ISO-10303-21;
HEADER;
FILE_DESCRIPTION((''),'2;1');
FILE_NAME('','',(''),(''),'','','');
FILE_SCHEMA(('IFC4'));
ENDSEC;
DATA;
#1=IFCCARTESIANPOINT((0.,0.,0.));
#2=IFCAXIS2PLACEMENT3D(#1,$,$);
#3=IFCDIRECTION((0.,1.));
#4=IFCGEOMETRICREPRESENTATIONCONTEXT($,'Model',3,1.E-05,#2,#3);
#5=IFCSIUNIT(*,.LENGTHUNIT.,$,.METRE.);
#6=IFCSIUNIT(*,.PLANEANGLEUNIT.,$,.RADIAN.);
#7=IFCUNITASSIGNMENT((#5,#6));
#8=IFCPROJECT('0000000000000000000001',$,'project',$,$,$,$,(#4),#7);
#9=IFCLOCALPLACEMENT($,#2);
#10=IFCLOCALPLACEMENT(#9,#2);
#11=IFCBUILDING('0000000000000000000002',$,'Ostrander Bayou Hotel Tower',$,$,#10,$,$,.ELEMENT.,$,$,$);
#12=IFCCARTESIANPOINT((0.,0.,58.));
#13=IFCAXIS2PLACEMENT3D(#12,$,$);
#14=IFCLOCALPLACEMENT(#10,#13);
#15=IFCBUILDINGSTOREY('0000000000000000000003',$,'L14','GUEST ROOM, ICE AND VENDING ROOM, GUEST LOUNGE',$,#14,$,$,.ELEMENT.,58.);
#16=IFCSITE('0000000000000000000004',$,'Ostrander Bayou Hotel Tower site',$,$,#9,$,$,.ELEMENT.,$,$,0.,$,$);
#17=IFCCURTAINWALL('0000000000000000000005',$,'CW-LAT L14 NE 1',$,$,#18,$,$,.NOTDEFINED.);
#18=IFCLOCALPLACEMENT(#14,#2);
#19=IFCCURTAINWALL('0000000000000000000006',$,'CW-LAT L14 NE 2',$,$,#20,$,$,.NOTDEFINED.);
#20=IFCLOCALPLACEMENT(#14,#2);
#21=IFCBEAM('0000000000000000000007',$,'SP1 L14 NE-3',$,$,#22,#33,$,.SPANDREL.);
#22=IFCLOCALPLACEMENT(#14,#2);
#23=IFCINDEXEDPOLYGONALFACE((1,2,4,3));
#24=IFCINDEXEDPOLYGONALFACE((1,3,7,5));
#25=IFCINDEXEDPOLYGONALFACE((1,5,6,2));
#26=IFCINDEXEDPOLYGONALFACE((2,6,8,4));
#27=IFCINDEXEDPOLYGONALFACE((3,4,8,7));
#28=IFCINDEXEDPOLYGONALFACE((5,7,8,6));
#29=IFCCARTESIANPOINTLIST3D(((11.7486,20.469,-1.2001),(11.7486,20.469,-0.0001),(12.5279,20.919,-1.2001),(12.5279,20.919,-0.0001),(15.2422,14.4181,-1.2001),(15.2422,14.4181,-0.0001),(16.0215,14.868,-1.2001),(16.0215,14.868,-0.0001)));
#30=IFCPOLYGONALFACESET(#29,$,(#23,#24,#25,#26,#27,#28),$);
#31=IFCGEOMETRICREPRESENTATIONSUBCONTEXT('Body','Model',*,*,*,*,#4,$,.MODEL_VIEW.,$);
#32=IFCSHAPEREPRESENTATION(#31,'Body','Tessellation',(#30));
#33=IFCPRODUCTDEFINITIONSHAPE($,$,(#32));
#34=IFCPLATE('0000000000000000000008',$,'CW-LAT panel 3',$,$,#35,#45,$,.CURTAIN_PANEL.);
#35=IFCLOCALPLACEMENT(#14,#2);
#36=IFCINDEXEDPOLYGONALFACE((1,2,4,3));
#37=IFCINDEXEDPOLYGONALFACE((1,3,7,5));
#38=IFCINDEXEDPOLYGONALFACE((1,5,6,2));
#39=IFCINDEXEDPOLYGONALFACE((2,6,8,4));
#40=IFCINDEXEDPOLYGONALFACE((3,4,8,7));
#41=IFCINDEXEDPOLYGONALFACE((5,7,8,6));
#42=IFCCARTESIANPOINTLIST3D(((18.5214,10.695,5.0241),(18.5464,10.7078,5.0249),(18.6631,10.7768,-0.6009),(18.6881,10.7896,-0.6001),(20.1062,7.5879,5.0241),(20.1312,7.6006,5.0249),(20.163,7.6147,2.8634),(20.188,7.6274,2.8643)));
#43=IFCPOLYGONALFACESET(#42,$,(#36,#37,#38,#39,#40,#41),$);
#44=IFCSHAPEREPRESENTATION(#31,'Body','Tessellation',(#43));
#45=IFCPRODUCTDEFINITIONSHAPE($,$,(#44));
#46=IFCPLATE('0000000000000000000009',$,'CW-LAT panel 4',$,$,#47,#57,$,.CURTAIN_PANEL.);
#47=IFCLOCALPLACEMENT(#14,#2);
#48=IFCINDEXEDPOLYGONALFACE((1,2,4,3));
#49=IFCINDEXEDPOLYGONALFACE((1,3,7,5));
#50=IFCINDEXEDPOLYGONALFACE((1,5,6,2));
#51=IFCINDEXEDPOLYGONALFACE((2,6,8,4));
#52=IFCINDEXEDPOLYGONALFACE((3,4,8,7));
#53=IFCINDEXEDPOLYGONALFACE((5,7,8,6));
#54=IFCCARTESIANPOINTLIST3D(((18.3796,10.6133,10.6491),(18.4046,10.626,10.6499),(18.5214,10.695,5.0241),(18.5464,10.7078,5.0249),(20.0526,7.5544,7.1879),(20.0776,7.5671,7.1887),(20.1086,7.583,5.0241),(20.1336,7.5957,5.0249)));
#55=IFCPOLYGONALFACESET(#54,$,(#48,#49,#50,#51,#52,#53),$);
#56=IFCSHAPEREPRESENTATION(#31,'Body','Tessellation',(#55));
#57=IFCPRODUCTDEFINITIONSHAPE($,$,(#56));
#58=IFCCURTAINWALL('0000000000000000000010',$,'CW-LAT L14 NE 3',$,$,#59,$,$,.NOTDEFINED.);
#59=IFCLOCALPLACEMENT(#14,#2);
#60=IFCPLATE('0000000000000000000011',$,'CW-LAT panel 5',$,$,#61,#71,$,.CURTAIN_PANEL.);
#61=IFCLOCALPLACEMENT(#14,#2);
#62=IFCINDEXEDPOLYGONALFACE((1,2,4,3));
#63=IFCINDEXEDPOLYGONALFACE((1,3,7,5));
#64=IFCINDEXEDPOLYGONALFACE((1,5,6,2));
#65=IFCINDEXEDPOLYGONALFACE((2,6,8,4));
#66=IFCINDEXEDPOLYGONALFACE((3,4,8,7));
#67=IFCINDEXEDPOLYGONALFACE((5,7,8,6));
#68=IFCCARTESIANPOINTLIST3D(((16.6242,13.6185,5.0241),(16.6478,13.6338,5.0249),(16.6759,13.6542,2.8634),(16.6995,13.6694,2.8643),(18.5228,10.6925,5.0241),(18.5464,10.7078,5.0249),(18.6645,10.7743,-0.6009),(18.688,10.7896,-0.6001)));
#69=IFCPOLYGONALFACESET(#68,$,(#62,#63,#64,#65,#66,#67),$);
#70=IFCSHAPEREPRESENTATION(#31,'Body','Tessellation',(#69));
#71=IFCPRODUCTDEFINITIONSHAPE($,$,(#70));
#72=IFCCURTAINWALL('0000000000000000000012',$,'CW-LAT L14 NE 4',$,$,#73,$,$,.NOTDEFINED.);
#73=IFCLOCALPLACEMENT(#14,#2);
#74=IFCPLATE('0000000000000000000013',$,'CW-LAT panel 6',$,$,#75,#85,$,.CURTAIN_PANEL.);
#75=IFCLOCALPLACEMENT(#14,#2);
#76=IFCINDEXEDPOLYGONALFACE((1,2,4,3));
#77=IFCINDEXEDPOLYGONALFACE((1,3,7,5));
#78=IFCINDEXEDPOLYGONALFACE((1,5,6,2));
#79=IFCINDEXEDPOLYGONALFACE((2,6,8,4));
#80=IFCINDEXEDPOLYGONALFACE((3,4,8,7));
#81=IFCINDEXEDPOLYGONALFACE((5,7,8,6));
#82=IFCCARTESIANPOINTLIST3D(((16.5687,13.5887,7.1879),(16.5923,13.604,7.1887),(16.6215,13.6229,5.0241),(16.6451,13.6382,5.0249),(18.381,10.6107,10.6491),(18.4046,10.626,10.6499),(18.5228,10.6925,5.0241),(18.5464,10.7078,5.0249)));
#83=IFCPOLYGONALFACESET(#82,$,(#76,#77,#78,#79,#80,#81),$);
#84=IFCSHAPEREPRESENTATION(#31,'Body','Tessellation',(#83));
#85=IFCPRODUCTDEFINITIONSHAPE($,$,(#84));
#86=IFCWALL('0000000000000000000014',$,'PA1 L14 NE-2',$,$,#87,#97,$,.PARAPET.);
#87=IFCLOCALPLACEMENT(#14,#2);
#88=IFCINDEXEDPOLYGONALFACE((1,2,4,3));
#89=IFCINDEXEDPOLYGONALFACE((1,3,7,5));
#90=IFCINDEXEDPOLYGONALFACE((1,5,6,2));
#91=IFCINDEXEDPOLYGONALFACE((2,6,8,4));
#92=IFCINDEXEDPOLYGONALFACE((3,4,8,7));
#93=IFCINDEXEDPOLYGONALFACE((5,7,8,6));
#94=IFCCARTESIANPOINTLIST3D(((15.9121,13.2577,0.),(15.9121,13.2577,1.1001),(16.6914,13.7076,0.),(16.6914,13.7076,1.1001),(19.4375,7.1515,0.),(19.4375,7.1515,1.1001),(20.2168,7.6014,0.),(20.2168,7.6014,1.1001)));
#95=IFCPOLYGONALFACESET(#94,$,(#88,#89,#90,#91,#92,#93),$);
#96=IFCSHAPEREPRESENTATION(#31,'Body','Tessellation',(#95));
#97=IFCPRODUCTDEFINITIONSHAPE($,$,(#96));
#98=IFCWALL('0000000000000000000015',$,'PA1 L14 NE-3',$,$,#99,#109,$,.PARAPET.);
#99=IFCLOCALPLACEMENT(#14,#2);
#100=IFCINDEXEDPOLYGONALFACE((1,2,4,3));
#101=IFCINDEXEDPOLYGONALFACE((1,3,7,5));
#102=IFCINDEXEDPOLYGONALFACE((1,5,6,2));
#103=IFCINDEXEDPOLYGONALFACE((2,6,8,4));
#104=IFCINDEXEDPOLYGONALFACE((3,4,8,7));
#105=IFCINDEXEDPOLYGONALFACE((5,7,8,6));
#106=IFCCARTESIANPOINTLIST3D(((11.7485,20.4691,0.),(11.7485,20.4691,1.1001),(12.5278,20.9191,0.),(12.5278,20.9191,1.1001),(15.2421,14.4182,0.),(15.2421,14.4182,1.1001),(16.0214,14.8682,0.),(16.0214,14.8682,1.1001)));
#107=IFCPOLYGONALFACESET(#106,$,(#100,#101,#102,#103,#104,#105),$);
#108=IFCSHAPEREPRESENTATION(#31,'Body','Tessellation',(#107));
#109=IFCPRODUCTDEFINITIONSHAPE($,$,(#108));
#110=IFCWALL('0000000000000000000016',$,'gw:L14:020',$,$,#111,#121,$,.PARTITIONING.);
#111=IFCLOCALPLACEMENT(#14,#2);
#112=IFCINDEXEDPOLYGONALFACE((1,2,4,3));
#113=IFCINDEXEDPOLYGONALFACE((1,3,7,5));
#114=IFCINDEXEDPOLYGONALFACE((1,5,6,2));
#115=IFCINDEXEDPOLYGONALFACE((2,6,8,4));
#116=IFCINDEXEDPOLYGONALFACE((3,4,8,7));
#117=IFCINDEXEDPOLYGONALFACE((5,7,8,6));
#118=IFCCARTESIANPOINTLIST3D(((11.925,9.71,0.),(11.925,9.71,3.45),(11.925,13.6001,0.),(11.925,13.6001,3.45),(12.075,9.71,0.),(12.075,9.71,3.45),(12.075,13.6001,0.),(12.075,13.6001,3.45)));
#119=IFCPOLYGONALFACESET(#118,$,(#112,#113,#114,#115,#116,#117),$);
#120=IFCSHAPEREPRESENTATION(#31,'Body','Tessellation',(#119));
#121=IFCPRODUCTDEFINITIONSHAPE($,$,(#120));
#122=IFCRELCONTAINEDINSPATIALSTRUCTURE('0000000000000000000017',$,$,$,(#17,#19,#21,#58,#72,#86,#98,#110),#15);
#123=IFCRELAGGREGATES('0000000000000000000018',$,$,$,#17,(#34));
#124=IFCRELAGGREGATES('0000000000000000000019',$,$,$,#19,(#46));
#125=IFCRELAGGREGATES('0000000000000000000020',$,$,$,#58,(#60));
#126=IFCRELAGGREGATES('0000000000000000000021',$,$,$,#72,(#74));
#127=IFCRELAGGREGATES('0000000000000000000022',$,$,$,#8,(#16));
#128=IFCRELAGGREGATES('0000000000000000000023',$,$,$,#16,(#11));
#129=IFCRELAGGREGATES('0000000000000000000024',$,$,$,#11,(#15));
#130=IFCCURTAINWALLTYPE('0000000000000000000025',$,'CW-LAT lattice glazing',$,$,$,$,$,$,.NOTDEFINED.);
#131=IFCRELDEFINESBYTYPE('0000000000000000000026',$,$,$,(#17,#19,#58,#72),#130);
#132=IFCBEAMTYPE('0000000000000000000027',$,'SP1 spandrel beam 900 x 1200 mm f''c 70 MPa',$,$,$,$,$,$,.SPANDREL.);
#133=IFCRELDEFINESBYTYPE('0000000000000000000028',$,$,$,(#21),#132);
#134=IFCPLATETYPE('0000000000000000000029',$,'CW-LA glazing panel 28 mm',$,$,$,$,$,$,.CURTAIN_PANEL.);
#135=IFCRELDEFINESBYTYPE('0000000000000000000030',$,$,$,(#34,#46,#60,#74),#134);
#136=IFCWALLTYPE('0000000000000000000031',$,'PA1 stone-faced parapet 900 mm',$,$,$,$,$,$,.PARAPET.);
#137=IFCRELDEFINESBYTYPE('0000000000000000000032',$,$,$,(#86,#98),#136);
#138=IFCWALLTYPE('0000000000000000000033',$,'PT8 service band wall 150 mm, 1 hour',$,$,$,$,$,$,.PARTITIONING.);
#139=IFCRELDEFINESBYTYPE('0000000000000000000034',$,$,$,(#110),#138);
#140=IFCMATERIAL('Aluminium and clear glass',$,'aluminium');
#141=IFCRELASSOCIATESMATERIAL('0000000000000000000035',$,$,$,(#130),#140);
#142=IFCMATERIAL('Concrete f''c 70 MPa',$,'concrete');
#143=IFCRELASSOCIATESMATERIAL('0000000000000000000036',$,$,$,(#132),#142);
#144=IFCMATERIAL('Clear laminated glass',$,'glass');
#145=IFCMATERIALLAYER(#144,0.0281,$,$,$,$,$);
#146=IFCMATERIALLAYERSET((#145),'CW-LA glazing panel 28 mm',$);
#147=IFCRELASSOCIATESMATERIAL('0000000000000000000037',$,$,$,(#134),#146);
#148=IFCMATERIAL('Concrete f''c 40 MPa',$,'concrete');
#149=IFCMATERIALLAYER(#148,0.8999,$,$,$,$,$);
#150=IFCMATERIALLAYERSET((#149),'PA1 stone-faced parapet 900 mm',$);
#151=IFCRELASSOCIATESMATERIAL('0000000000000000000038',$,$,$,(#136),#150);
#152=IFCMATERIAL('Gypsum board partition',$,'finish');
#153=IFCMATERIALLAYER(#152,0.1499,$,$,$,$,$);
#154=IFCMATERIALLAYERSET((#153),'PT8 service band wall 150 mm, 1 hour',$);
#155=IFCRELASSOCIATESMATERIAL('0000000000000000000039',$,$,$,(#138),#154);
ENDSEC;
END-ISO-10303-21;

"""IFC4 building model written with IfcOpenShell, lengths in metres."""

from ifc_helpers import new_model, si_unit, direction, frame, frame_2d, origin, origin_2d, place, context, subcontext, project, spatial, polyline, rectangle, outline, extrude, material, layer, layer_set, material_profile, profile_set, type_object, element, aggregate, save


model = new_model("IFC4")

# Units and contexts
model_context = context("Model", 3, precision=1e-05, world=origin(), true_north=direction((0.0, 1.0)))
body_context = subcontext(model_context, "Body", "Model", "MODEL_VIEW")
ifc_project = project(units=[si_unit("LENGTHUNIT", "METRE"), si_unit("PLANEANGLEUNIT", "RADIAN")], contexts=[model_context])

# Site, building, storey
site_placement = place(None, origin())
site = spatial("IfcSite", under=ifc_project, at=site_placement, Name="Ostrander Bayou Hotel Tower site", CompositionType="ELEMENT", RefElevation=0.0)
building_placement = place(site_placement, origin())
building = spatial("IfcBuilding", under=site, at=building_placement, Name="Ostrander Bayou Hotel Tower", CompositionType="ELEMENT")
storey_placement = place(building_placement, frame((0.0, 0.0, 58.0)))
storey = spatial("IfcBuildingStorey", under=building, at=storey_placement, Name="L14", Description="GUEST ROOM, ICE AND VENDING ROOM, GUEST LOUNGE", CompositionType="ELEMENT", Elevation=58.0)

# Curtain walls
ifc_material_1 = material(Name="Aluminium and clear glass", Category="aluminium")
curtain_wall_type = type_object("IfcCurtainWallType", Name="CW-LAT lattice glazing", PredefinedType="NOTDEFINED", material=ifc_material_1)
curtain_wall_1_placement = place(storey_placement, origin())
curtain_wall_1 = element("IfcCurtainWall", 1, at=curtain_wall_1_placement, inside=storey, type_object=curtain_wall_type, Name="CW-LAT L14 NE 1", PredefinedType="NOTDEFINED")
curtain_wall_2_placement = place(storey_placement, origin())
curtain_wall_2 = element("IfcCurtainWall", 2, at=curtain_wall_2_placement, inside=storey, type_object=curtain_wall_type, Name="CW-LAT L14 NE 2", PredefinedType="NOTDEFINED")

# Beam
ifc_material_2 = material(Name="Concrete f'c 70 MPa", Category="concrete")
ifc_material_profile_1 = material_profile(ifc_material_2, rectangle(XDim=0.8999, YDim=1.2, at=origin_2d()))
ifc_profile_set_1 = profile_set([ifc_material_profile_1], Name="Concrete f'c 70 MPa")
beam_type_1 = type_object("IfcBeamType", Name="SP1 spandrel beam 900 x 1200 mm f'c 70 MPa", PredefinedType="SPANDREL", material=ifc_profile_set_1)
beam_1_placement = place(storey_placement, frame((15.6318, 14.6431, -0.6001), z_axis=(-0.50001, 0.86602, 0.0), x_axis=(-0.86602, -0.50001, 0.0)))
element("IfcBeam", 3, at=beam_1_placement, inside=storey, type_object=beam_type_1, Name="SP1 L14 NE-3", PredefinedType="SPANDREL", context=body_context, shape_type="SweptSolid", body=[
    extrude(rectangle(XDim=0.8999, YDim=1.2, at=origin_2d()), origin(), (0.0, 0.0, 1.0), 6.9871),
])

# Plates
ifc_material_3 = material(Name="Clear laminated glass", Category="glass")
ifc_layer_1 = layer(ifc_material_3, 0.0281)
ifc_layer_set_1 = layer_set([ifc_layer_1], Name="CW-LA glazing panel 28 mm")
plate_type = type_object("IfcPlateType", Name="CW-LA glazing panel 28 mm", PredefinedType="CURTAIN_PANEL", material=ifc_layer_set_1)
plate_1_placement = place(storey_placement, frame((20.188, 7.6274, 2.8643), z_axis=(0.890439, 0.454175, 0.029038), x_axis=(-0.30458, 0.642128, -0.703493)))
plate_1 = element("IfcPlate", 4, at=plate_1_placement, type_object=plate_type, Name="CW-LAT panel 3", PredefinedType="CURTAIN_PANEL", context=body_context, shape_type="SweptSolid", body=[
    extrude(outline(polyline([(0.0, 0.0), (4.9245, 0.0), (0.958, 3.9917), (-1.5199, 1.5369), (0.0, 0.0)])), origin(), (0.0, 0.0, -1.0), 0.0281),
])
aggregate(curtain_wall_1, [plate_1])
plate_2_placement = place(storey_placement, frame((20.0776, 7.5671, 7.1887), z_axis=(0.890448, 0.454158, 0.029042), x_axis=(-0.340543, 0.622635, 0.704525)))
plate_2 = element("IfcPlate", 5, at=plate_2_placement, type_object=plate_type, Name="CW-LAT panel 4", PredefinedType="CURTAIN_PANEL", context=body_context, shape_type="SweptSolid", body=[
    extrude(outline(polyline([(0.0, 0.0), (4.9128, 0.0), (0.9525, -3.9979), (-1.5257, -1.5357), (0.0, 0.0)])), origin(), (0.0, 0.0, -1.0), 0.0281),
])
aggregate(curtain_wall_2, [plate_2])

# Curtain walls, plates
curtain_wall_3_placement = place(storey_placement, origin())
curtain_wall_3 = element("IfcCurtainWall", 6, at=curtain_wall_3_placement, inside=storey, type_object=curtain_wall_type, Name="CW-LAT L14 NE 3", PredefinedType="NOTDEFINED")
plate_3_placement = place(storey_placement, frame((16.6995, 13.6694, 2.8643), z_axis=(0.838524, 0.544091, 0.029032), x_axis=(0.403822, -0.584812, -0.703508)))
plate_3 = element("IfcPlate", 7, at=plate_3_placement, type_object=plate_type, Name="CW-LAT panel 5", PredefinedType="CURTAIN_PANEL", context=body_context, shape_type="SweptSolid", body=[
    extrude(outline(polyline([(0.0, 0.0), (4.9244, 0.0), (0.9578, -3.9917), (-1.5201, -1.5368), (0.0, 0.0)])), origin(), (0.0, 0.0, -1.0), 0.0281),
])
aggregate(curtain_wall_3, [plate_3])
curtain_wall_4_placement = place(storey_placement, origin())
curtain_wall_4 = element("IfcCurtainWall", 8, at=curtain_wall_4_placement, inside=storey, type_object=curtain_wall_type, Name="CW-LAT L14 NE 4", PredefinedType="NOTDEFINED")
plate_4_placement = place(storey_placement, frame((16.5923, 13.604, 7.1887), z_axis=(0.838541, 0.544063, 0.029049), x_axis=(0.368914, -0.606209, 0.704566)))
plate_4 = element("IfcPlate", 9, at=plate_4_placement, type_object=plate_type, Name="CW-LAT panel 6", PredefinedType="CURTAIN_PANEL", context=body_context, shape_type="SweptSolid", body=[
    extrude(outline(polyline([(0.0, 0.0), (4.9125, 0.0), (0.9521, 3.9978), (-1.5258, 1.5356), (0.0, 0.0)])), origin(), (0.0, 0.0, -1.0), 0.0281),
])
aggregate(curtain_wall_4, [plate_4])

# Walls
ifc_material_4 = material(Name="Concrete f'c 40 MPa", Category="concrete")
ifc_layer_2 = layer(ifc_material_4, 0.8999)
ifc_layer_set_2 = layer_set([ifc_layer_2], Name="PA1 stone-faced parapet 900 mm")
wall_type_1 = type_object("IfcWallType", Name="PA1 stone-faced parapet 900 mm", PredefinedType="PARAPET", material=ifc_layer_set_2)
wall_1_placement = place(storey_placement, frame((19.8271, 7.3765, 0.0), z_axis=(0.0, 0.0, 1.0), x_axis=(-0.499997, 0.866027, 0.0)))
element("IfcWall", 10, at=wall_1_placement, inside=storey, type_object=wall_type_1, Name="PA1 L14 NE-2", PredefinedType="PARAPET", context=body_context, shape_type="SweptSolid", body=[
    extrude(rectangle(XDim=7.0508, YDim=0.8999, at=frame_2d((3.5254, 0.0))), origin(), (0.0, 0.0, 1.0), 1.1001),
])
wall_2_placement = place(storey_placement, frame((15.6318, 14.6431, 0.0), z_axis=(0.0, 0.0, 1.0), x_axis=(-0.50001, 0.86602, 0.0)))
element("IfcWall", 11, at=wall_2_placement, inside=storey, type_object=wall_type_1, Name="PA1 L14 NE-3", PredefinedType="PARAPET", context=body_context, shape_type="SweptSolid", body=[
    extrude(rectangle(XDim=6.9871, YDim=0.8999, at=frame_2d((3.4937, 0.0))), origin(), (0.0, 0.0, 1.0), 1.1001),
])
ifc_material_5 = material(Name="Gypsum board partition", Category="finish")
ifc_layer_3 = layer(ifc_material_5, 0.1499)
ifc_layer_set_3 = layer_set([ifc_layer_3], Name="PT8 service band wall 150 mm, 1 hour")
wall_type_2 = type_object("IfcWallType", Name="PT8 service band wall 150 mm, 1 hour", PredefinedType="PARTITIONING", material=ifc_layer_set_3)
wall_3_placement = place(storey_placement, frame((12.0, 9.71, 0.0), z_axis=(0.0, 0.0, 1.0), x_axis=(0.0, 1.0, 0.0)))
element("IfcWall", 12, at=wall_3_placement, inside=storey, type_object=wall_type_2, Name="gw:L14:020", PredefinedType="PARTITIONING", context=body_context, shape_type="SweptSolid", body=[
    extrude(rectangle(XDim=3.8901, YDim=0.1499, at=frame_2d((1.9451, 0.0))), origin(), (0.0, 0.0, 1.0), 3.45),
])

save(model, "model.ifc")
